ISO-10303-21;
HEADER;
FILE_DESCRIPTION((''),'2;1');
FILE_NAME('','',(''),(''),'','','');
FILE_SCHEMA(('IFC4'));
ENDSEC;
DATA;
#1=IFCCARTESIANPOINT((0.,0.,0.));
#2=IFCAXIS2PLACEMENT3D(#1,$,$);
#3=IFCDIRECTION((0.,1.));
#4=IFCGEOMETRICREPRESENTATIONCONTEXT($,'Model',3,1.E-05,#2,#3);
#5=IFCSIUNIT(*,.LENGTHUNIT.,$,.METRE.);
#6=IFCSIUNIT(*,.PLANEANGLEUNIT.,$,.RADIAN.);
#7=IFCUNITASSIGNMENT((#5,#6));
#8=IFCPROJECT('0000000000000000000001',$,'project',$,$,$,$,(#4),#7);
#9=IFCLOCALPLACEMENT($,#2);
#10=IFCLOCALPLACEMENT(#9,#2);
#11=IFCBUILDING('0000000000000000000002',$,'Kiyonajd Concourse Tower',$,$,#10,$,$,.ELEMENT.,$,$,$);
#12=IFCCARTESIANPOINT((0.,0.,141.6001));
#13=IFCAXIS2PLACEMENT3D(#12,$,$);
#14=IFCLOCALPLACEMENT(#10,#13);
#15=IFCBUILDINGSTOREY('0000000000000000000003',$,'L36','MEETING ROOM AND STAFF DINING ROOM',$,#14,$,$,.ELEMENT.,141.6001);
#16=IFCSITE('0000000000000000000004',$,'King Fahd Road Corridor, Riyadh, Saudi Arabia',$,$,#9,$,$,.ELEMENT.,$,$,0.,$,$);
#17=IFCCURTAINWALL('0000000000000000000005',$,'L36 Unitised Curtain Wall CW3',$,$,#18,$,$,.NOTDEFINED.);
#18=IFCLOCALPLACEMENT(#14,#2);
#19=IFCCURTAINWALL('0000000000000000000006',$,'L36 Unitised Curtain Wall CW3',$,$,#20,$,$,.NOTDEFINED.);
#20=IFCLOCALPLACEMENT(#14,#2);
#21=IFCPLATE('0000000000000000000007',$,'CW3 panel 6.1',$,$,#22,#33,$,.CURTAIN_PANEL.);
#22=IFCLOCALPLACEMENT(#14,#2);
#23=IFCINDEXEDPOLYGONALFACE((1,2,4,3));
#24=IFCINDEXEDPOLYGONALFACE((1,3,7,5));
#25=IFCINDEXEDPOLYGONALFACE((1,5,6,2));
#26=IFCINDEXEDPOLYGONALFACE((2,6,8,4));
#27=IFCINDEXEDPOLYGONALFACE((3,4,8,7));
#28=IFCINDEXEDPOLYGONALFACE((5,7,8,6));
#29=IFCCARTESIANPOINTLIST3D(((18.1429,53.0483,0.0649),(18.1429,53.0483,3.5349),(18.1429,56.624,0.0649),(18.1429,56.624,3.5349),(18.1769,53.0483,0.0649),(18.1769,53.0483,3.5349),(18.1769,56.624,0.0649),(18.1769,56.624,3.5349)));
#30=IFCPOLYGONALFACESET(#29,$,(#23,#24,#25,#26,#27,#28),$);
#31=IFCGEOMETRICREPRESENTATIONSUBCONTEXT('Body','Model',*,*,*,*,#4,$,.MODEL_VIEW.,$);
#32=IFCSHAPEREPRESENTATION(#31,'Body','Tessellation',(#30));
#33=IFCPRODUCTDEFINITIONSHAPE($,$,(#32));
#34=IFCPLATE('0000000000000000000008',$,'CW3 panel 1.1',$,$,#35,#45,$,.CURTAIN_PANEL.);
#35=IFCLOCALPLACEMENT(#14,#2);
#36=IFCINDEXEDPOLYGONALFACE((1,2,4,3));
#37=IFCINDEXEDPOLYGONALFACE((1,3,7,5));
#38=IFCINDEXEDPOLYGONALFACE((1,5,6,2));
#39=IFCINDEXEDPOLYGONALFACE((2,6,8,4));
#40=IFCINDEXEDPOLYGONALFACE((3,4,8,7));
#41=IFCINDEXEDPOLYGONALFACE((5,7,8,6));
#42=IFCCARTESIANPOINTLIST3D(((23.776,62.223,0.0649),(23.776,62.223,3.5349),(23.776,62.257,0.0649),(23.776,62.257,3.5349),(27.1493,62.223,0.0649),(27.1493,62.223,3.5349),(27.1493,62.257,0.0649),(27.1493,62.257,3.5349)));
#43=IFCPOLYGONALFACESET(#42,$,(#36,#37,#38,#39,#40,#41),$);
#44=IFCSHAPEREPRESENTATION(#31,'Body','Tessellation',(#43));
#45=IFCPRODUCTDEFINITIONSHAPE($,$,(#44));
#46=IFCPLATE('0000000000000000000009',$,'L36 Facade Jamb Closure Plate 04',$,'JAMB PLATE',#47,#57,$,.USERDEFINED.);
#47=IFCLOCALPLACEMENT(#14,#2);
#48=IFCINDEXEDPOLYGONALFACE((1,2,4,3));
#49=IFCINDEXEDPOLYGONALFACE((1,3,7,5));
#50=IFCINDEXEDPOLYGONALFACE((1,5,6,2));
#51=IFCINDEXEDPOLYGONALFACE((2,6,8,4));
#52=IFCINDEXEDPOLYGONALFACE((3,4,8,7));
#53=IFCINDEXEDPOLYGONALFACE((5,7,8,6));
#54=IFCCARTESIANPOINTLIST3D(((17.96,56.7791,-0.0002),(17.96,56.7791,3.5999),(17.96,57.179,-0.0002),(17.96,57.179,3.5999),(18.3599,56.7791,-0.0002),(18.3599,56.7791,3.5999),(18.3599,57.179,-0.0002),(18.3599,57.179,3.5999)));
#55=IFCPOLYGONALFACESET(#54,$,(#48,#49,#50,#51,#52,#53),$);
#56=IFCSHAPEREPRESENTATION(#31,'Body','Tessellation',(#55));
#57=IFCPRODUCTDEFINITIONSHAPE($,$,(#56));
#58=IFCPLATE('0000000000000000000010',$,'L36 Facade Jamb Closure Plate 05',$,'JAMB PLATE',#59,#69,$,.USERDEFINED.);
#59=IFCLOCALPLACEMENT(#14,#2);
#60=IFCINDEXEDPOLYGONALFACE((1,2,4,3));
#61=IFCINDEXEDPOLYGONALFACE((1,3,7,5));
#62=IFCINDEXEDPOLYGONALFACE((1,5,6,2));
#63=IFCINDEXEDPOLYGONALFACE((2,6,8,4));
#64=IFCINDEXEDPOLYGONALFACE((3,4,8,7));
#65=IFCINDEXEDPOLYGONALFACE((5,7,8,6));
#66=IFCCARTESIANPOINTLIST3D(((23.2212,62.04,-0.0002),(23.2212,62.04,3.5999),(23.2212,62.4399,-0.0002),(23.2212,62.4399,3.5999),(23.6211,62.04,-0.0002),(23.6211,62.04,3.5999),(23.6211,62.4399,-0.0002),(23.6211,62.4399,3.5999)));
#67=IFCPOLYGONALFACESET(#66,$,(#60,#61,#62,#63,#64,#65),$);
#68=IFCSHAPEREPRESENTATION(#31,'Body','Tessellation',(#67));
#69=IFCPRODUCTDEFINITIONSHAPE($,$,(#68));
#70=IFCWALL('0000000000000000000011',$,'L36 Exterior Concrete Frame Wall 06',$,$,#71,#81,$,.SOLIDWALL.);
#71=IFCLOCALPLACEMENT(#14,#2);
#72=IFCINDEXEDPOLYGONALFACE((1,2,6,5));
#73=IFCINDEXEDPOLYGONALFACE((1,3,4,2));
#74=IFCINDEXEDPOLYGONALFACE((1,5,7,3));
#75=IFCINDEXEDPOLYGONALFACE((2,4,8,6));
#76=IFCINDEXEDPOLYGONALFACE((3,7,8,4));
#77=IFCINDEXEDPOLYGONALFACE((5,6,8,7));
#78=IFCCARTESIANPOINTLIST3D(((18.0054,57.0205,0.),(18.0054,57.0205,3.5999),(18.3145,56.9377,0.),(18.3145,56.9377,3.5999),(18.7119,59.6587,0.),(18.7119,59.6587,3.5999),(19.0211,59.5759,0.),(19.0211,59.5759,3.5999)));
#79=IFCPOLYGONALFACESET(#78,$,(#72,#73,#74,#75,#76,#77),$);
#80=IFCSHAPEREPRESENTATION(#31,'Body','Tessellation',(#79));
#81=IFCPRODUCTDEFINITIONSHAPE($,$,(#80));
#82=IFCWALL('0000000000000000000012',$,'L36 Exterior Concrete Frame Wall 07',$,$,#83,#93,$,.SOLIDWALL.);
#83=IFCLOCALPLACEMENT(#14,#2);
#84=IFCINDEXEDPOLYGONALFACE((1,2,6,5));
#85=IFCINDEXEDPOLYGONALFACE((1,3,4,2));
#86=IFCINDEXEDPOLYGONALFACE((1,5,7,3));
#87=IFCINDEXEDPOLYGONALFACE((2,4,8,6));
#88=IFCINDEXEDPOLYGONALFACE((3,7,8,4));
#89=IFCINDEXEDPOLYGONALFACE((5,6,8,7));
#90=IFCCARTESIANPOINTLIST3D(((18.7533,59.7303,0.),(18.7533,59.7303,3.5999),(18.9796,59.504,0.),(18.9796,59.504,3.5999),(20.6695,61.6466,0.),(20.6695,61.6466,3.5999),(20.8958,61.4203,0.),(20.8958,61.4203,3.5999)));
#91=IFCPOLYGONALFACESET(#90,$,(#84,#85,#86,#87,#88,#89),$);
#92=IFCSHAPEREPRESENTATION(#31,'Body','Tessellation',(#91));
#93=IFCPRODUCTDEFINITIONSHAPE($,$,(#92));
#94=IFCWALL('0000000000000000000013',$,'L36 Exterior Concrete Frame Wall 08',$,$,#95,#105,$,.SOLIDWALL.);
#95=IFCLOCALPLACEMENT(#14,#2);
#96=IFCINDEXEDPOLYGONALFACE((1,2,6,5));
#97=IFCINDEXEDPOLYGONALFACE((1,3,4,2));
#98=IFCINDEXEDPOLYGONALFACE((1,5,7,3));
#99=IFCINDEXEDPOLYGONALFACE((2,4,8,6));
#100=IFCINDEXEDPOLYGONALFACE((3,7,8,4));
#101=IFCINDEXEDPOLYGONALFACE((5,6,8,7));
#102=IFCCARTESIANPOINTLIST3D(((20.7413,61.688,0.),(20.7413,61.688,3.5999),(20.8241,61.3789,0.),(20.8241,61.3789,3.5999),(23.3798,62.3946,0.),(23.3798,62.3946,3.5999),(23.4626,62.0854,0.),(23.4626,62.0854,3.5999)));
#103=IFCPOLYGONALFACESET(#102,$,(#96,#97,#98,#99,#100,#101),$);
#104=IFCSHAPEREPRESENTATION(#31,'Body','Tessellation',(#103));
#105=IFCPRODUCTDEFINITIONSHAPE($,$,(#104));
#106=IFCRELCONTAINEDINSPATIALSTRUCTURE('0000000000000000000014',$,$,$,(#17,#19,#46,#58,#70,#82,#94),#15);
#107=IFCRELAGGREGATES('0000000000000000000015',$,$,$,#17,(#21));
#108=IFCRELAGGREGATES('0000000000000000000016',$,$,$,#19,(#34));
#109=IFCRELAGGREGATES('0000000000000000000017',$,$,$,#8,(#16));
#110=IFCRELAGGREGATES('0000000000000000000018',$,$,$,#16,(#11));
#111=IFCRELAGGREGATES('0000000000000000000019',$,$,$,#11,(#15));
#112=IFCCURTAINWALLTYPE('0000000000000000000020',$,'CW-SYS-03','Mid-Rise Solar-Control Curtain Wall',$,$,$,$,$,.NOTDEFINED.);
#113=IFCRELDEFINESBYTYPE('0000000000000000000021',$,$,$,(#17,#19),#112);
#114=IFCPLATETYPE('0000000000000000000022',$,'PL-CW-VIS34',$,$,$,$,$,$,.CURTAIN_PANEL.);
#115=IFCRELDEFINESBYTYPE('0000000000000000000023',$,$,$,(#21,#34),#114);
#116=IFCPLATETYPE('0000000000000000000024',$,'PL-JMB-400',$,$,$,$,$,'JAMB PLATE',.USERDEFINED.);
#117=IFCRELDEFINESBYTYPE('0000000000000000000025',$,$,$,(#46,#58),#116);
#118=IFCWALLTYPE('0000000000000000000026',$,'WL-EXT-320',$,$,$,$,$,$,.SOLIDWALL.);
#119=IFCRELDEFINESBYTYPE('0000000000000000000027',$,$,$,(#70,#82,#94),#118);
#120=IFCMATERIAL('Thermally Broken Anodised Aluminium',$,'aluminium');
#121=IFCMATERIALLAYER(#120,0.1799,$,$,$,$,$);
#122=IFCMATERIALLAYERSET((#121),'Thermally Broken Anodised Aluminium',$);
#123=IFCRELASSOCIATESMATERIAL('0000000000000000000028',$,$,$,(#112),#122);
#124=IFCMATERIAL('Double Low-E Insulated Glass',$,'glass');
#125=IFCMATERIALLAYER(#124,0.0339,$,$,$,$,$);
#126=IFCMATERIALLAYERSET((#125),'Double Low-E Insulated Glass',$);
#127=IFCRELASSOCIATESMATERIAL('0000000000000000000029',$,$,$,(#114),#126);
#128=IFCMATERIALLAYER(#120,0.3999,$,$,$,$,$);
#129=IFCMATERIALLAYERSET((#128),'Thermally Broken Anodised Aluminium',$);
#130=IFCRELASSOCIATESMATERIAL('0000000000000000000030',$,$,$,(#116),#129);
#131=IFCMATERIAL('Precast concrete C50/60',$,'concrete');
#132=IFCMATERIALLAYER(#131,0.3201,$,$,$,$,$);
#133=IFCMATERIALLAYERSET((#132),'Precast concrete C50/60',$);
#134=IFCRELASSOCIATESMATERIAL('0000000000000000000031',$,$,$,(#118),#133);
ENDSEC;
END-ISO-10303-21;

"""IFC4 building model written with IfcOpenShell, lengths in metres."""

from ifc_helpers import new_model, si_unit, direction, frame, frame_2d, origin, origin_2d, place, context, subcontext, project, spatial, rectangle, extrude, material, layer, layer_set, type_object, element, aggregate, save


model = new_model("IFC4")

# Units and contexts
model_context = context("Model", 3, precision=1e-05, world=origin(), true_north=direction((0.0, 1.0)))
body_context = subcontext(model_context, "Body", "Model", "MODEL_VIEW")
ifc_project = project(units=[si_unit("LENGTHUNIT", "METRE"), si_unit("PLANEANGLEUNIT", "RADIAN")], contexts=[model_context])

# Site, building, storey
site_placement = place(None, origin())
site = spatial("IfcSite", under=ifc_project, at=site_placement, Name="King Fahd Road Corridor, Riyadh, Saudi Arabia", CompositionType="ELEMENT", RefElevation=0.0)
building_placement = place(site_placement, origin())
building = spatial("IfcBuilding", under=site, at=building_placement, Name="Kiyonajd Concourse Tower", CompositionType="ELEMENT")
storey_placement = place(building_placement, frame((0.0, 0.0, 141.6001)))
storey = spatial("IfcBuildingStorey", under=building, at=storey_placement, Name="L36", Description="MEETING ROOM AND STAFF DINING ROOM", CompositionType="ELEMENT", Elevation=141.6001)

# Curtain walls
ifc_material_1 = material(Name="Thermally Broken Anodised Aluminium", Category="aluminium")
ifc_layer_1 = layer(ifc_material_1, 0.1799)
ifc_layer_set_1 = layer_set([ifc_layer_1], Name="Thermally Broken Anodised Aluminium")
curtain_wall_type = type_object("IfcCurtainWallType", Name="CW-SYS-03", Description="Mid-Rise Solar-Control Curtain Wall", PredefinedType="NOTDEFINED", material=ifc_layer_set_1)
curtain_wall_1_placement = place(storey_placement, origin())
curtain_wall_1 = element("IfcCurtainWall", 1, at=curtain_wall_1_placement, inside=storey, type_object=curtain_wall_type, Name="L36 Unitised Curtain Wall CW3", PredefinedType="NOTDEFINED")
curtain_wall_2_placement = place(storey_placement, origin())
curtain_wall_2 = element("IfcCurtainWall", 2, at=curtain_wall_2_placement, inside=storey, type_object=curtain_wall_type, Name="L36 Unitised Curtain Wall CW3", PredefinedType="NOTDEFINED")

# Plates
ifc_material_2 = material(Name="Double Low-E Insulated Glass", Category="glass")
ifc_layer_2 = layer(ifc_material_2, 0.0339)
ifc_layer_set_2 = layer_set([ifc_layer_2], Name="Double Low-E Insulated Glass")
plate_type_1 = type_object("IfcPlateType", Name="PL-CW-VIS34", PredefinedType="CURTAIN_PANEL", material=ifc_layer_set_2)
plate_1_placement = place(storey_placement, frame((18.1599, 54.8362, 0.0649), z_axis=(0.0, 0.0, 1.0), x_axis=(0.0, 1.0, 0.0)))
plate_1 = element("IfcPlate", 3, at=plate_1_placement, type_object=plate_type_1, Name="CW3 panel 6.1", PredefinedType="CURTAIN_PANEL", context=body_context, shape_type="SweptSolid", body=[
    extrude(rectangle(XDim=3.5757, YDim=0.0339, at=origin_2d()), origin(), (0.0, 0.0, 1.0), 3.47),
])
aggregate(curtain_wall_1, [plate_1])
plate_2_placement = place(storey_placement, frame((25.4626, 62.24, 0.0649), z_axis=(0.0, 0.0, 1.0), x_axis=(1.0, 0.0, 0.0)))
plate_2 = element("IfcPlate", 4, at=plate_2_placement, type_object=plate_type_1, Name="CW3 panel 1.1", PredefinedType="CURTAIN_PANEL", context=body_context, shape_type="SweptSolid", body=[
    extrude(rectangle(XDim=3.3733, YDim=0.0339, at=origin_2d()), origin(), (0.0, 0.0, 1.0), 3.47),
])
aggregate(curtain_wall_2, [plate_2])

# Plates
ifc_layer_3 = layer(ifc_material_1, 0.3999)
ifc_layer_set_3 = layer_set([ifc_layer_3], Name="Thermally Broken Anodised Aluminium")
plate_type_2 = type_object("IfcPlateType", Name="PL-JMB-400", ElementType="JAMB PLATE", PredefinedType="USERDEFINED", material=ifc_layer_set_3)
for number, where, z_axis, x_axis, name in (
    (5, (18.1599, 56.979, -0.0002), (0.0, 0.0, 1.0), (1.0, 0.0, 0.0), "L36 Facade Jamb Closure Plate 04"),
    (6, (23.4211, 62.24, -0.0002), (0.0, 0.0, 1.0), (1.0, 0.0, 0.0), "L36 Facade Jamb Closure Plate 05"),
):
    element("IfcPlate", number, at=place(storey_placement, frame(where, z_axis=z_axis, x_axis=x_axis)), inside=storey, type_object=plate_type_2, Name=name, ObjectType="JAMB PLATE", PredefinedType="USERDEFINED", context=body_context, shape_type="SweptSolid", body=[
        extrude(rectangle(XDim=0.3999, YDim=0.3999, at=origin_2d()), origin(), (0.0, 0.0, 1.0), 3.6001),
    ])

# Walls
ifc_material_3 = material(Name="Precast concrete C50/60", Category="concrete")
ifc_layer_4 = layer(ifc_material_3, 0.3201)
ifc_layer_set_4 = layer_set([ifc_layer_4], Name="Precast concrete C50/60")
wall_type = type_object("IfcWallType", Name="WL-EXT-320", PredefinedType="SOLIDWALL", material=ifc_layer_set_4)
wall_1_placement = place(storey_placement, frame((18.1599, 56.979, 0.0), z_axis=(0.0, 0.0, 1.0), x_axis=(0.258697, 0.965958, 0.0)))
element("IfcWall", 7, at=wall_1_placement, inside=storey, type_object=wall_type, Name="L36 Exterior Concrete Frame Wall 06", PredefinedType="SOLIDWALL", context=body_context, shape_type="SweptSolid", body=[
    extrude(rectangle(XDim=2.7312, YDim=0.3201, at=frame_2d((1.3657, 0.0))), origin(), (0.0, 0.0, 1.0), 3.5999),
])
wall_2_placement = place(storey_placement, frame((18.8665, 59.6172, 0.0), z_axis=(0.0, 0.0, 1.0), x_axis=(0.707107, 0.707107, 0.0)))
element("IfcWall", 8, at=wall_2_placement, inside=storey, type_object=wall_type, Name="L36 Exterior Concrete Frame Wall 07", PredefinedType="SOLIDWALL", context=body_context, shape_type="SweptSolid", body=[
    extrude(rectangle(XDim=2.71, YDim=0.3201, at=frame_2d((1.355, 0.0))), origin(), (0.0, 0.0, 1.0), 3.5999),
])
wall_3_placement = place(storey_placement, frame((20.7827, 61.5334, 0.0), z_axis=(0.0, 0.0, 1.0), x_axis=(0.965964, 0.258675, 0.0)))
element("IfcWall", 9, at=wall_3_placement, inside=storey, type_object=wall_type, Name="L36 Exterior Concrete Frame Wall 08", PredefinedType="SOLIDWALL", context=body_context, shape_type="SweptSolid", body=[
    extrude(rectangle(XDim=2.7314, YDim=0.3201, at=frame_2d((1.3657, 0.0))), origin(), (0.0, 0.0, 1.0), 3.5999),
])

save(model, "model.ifc")
